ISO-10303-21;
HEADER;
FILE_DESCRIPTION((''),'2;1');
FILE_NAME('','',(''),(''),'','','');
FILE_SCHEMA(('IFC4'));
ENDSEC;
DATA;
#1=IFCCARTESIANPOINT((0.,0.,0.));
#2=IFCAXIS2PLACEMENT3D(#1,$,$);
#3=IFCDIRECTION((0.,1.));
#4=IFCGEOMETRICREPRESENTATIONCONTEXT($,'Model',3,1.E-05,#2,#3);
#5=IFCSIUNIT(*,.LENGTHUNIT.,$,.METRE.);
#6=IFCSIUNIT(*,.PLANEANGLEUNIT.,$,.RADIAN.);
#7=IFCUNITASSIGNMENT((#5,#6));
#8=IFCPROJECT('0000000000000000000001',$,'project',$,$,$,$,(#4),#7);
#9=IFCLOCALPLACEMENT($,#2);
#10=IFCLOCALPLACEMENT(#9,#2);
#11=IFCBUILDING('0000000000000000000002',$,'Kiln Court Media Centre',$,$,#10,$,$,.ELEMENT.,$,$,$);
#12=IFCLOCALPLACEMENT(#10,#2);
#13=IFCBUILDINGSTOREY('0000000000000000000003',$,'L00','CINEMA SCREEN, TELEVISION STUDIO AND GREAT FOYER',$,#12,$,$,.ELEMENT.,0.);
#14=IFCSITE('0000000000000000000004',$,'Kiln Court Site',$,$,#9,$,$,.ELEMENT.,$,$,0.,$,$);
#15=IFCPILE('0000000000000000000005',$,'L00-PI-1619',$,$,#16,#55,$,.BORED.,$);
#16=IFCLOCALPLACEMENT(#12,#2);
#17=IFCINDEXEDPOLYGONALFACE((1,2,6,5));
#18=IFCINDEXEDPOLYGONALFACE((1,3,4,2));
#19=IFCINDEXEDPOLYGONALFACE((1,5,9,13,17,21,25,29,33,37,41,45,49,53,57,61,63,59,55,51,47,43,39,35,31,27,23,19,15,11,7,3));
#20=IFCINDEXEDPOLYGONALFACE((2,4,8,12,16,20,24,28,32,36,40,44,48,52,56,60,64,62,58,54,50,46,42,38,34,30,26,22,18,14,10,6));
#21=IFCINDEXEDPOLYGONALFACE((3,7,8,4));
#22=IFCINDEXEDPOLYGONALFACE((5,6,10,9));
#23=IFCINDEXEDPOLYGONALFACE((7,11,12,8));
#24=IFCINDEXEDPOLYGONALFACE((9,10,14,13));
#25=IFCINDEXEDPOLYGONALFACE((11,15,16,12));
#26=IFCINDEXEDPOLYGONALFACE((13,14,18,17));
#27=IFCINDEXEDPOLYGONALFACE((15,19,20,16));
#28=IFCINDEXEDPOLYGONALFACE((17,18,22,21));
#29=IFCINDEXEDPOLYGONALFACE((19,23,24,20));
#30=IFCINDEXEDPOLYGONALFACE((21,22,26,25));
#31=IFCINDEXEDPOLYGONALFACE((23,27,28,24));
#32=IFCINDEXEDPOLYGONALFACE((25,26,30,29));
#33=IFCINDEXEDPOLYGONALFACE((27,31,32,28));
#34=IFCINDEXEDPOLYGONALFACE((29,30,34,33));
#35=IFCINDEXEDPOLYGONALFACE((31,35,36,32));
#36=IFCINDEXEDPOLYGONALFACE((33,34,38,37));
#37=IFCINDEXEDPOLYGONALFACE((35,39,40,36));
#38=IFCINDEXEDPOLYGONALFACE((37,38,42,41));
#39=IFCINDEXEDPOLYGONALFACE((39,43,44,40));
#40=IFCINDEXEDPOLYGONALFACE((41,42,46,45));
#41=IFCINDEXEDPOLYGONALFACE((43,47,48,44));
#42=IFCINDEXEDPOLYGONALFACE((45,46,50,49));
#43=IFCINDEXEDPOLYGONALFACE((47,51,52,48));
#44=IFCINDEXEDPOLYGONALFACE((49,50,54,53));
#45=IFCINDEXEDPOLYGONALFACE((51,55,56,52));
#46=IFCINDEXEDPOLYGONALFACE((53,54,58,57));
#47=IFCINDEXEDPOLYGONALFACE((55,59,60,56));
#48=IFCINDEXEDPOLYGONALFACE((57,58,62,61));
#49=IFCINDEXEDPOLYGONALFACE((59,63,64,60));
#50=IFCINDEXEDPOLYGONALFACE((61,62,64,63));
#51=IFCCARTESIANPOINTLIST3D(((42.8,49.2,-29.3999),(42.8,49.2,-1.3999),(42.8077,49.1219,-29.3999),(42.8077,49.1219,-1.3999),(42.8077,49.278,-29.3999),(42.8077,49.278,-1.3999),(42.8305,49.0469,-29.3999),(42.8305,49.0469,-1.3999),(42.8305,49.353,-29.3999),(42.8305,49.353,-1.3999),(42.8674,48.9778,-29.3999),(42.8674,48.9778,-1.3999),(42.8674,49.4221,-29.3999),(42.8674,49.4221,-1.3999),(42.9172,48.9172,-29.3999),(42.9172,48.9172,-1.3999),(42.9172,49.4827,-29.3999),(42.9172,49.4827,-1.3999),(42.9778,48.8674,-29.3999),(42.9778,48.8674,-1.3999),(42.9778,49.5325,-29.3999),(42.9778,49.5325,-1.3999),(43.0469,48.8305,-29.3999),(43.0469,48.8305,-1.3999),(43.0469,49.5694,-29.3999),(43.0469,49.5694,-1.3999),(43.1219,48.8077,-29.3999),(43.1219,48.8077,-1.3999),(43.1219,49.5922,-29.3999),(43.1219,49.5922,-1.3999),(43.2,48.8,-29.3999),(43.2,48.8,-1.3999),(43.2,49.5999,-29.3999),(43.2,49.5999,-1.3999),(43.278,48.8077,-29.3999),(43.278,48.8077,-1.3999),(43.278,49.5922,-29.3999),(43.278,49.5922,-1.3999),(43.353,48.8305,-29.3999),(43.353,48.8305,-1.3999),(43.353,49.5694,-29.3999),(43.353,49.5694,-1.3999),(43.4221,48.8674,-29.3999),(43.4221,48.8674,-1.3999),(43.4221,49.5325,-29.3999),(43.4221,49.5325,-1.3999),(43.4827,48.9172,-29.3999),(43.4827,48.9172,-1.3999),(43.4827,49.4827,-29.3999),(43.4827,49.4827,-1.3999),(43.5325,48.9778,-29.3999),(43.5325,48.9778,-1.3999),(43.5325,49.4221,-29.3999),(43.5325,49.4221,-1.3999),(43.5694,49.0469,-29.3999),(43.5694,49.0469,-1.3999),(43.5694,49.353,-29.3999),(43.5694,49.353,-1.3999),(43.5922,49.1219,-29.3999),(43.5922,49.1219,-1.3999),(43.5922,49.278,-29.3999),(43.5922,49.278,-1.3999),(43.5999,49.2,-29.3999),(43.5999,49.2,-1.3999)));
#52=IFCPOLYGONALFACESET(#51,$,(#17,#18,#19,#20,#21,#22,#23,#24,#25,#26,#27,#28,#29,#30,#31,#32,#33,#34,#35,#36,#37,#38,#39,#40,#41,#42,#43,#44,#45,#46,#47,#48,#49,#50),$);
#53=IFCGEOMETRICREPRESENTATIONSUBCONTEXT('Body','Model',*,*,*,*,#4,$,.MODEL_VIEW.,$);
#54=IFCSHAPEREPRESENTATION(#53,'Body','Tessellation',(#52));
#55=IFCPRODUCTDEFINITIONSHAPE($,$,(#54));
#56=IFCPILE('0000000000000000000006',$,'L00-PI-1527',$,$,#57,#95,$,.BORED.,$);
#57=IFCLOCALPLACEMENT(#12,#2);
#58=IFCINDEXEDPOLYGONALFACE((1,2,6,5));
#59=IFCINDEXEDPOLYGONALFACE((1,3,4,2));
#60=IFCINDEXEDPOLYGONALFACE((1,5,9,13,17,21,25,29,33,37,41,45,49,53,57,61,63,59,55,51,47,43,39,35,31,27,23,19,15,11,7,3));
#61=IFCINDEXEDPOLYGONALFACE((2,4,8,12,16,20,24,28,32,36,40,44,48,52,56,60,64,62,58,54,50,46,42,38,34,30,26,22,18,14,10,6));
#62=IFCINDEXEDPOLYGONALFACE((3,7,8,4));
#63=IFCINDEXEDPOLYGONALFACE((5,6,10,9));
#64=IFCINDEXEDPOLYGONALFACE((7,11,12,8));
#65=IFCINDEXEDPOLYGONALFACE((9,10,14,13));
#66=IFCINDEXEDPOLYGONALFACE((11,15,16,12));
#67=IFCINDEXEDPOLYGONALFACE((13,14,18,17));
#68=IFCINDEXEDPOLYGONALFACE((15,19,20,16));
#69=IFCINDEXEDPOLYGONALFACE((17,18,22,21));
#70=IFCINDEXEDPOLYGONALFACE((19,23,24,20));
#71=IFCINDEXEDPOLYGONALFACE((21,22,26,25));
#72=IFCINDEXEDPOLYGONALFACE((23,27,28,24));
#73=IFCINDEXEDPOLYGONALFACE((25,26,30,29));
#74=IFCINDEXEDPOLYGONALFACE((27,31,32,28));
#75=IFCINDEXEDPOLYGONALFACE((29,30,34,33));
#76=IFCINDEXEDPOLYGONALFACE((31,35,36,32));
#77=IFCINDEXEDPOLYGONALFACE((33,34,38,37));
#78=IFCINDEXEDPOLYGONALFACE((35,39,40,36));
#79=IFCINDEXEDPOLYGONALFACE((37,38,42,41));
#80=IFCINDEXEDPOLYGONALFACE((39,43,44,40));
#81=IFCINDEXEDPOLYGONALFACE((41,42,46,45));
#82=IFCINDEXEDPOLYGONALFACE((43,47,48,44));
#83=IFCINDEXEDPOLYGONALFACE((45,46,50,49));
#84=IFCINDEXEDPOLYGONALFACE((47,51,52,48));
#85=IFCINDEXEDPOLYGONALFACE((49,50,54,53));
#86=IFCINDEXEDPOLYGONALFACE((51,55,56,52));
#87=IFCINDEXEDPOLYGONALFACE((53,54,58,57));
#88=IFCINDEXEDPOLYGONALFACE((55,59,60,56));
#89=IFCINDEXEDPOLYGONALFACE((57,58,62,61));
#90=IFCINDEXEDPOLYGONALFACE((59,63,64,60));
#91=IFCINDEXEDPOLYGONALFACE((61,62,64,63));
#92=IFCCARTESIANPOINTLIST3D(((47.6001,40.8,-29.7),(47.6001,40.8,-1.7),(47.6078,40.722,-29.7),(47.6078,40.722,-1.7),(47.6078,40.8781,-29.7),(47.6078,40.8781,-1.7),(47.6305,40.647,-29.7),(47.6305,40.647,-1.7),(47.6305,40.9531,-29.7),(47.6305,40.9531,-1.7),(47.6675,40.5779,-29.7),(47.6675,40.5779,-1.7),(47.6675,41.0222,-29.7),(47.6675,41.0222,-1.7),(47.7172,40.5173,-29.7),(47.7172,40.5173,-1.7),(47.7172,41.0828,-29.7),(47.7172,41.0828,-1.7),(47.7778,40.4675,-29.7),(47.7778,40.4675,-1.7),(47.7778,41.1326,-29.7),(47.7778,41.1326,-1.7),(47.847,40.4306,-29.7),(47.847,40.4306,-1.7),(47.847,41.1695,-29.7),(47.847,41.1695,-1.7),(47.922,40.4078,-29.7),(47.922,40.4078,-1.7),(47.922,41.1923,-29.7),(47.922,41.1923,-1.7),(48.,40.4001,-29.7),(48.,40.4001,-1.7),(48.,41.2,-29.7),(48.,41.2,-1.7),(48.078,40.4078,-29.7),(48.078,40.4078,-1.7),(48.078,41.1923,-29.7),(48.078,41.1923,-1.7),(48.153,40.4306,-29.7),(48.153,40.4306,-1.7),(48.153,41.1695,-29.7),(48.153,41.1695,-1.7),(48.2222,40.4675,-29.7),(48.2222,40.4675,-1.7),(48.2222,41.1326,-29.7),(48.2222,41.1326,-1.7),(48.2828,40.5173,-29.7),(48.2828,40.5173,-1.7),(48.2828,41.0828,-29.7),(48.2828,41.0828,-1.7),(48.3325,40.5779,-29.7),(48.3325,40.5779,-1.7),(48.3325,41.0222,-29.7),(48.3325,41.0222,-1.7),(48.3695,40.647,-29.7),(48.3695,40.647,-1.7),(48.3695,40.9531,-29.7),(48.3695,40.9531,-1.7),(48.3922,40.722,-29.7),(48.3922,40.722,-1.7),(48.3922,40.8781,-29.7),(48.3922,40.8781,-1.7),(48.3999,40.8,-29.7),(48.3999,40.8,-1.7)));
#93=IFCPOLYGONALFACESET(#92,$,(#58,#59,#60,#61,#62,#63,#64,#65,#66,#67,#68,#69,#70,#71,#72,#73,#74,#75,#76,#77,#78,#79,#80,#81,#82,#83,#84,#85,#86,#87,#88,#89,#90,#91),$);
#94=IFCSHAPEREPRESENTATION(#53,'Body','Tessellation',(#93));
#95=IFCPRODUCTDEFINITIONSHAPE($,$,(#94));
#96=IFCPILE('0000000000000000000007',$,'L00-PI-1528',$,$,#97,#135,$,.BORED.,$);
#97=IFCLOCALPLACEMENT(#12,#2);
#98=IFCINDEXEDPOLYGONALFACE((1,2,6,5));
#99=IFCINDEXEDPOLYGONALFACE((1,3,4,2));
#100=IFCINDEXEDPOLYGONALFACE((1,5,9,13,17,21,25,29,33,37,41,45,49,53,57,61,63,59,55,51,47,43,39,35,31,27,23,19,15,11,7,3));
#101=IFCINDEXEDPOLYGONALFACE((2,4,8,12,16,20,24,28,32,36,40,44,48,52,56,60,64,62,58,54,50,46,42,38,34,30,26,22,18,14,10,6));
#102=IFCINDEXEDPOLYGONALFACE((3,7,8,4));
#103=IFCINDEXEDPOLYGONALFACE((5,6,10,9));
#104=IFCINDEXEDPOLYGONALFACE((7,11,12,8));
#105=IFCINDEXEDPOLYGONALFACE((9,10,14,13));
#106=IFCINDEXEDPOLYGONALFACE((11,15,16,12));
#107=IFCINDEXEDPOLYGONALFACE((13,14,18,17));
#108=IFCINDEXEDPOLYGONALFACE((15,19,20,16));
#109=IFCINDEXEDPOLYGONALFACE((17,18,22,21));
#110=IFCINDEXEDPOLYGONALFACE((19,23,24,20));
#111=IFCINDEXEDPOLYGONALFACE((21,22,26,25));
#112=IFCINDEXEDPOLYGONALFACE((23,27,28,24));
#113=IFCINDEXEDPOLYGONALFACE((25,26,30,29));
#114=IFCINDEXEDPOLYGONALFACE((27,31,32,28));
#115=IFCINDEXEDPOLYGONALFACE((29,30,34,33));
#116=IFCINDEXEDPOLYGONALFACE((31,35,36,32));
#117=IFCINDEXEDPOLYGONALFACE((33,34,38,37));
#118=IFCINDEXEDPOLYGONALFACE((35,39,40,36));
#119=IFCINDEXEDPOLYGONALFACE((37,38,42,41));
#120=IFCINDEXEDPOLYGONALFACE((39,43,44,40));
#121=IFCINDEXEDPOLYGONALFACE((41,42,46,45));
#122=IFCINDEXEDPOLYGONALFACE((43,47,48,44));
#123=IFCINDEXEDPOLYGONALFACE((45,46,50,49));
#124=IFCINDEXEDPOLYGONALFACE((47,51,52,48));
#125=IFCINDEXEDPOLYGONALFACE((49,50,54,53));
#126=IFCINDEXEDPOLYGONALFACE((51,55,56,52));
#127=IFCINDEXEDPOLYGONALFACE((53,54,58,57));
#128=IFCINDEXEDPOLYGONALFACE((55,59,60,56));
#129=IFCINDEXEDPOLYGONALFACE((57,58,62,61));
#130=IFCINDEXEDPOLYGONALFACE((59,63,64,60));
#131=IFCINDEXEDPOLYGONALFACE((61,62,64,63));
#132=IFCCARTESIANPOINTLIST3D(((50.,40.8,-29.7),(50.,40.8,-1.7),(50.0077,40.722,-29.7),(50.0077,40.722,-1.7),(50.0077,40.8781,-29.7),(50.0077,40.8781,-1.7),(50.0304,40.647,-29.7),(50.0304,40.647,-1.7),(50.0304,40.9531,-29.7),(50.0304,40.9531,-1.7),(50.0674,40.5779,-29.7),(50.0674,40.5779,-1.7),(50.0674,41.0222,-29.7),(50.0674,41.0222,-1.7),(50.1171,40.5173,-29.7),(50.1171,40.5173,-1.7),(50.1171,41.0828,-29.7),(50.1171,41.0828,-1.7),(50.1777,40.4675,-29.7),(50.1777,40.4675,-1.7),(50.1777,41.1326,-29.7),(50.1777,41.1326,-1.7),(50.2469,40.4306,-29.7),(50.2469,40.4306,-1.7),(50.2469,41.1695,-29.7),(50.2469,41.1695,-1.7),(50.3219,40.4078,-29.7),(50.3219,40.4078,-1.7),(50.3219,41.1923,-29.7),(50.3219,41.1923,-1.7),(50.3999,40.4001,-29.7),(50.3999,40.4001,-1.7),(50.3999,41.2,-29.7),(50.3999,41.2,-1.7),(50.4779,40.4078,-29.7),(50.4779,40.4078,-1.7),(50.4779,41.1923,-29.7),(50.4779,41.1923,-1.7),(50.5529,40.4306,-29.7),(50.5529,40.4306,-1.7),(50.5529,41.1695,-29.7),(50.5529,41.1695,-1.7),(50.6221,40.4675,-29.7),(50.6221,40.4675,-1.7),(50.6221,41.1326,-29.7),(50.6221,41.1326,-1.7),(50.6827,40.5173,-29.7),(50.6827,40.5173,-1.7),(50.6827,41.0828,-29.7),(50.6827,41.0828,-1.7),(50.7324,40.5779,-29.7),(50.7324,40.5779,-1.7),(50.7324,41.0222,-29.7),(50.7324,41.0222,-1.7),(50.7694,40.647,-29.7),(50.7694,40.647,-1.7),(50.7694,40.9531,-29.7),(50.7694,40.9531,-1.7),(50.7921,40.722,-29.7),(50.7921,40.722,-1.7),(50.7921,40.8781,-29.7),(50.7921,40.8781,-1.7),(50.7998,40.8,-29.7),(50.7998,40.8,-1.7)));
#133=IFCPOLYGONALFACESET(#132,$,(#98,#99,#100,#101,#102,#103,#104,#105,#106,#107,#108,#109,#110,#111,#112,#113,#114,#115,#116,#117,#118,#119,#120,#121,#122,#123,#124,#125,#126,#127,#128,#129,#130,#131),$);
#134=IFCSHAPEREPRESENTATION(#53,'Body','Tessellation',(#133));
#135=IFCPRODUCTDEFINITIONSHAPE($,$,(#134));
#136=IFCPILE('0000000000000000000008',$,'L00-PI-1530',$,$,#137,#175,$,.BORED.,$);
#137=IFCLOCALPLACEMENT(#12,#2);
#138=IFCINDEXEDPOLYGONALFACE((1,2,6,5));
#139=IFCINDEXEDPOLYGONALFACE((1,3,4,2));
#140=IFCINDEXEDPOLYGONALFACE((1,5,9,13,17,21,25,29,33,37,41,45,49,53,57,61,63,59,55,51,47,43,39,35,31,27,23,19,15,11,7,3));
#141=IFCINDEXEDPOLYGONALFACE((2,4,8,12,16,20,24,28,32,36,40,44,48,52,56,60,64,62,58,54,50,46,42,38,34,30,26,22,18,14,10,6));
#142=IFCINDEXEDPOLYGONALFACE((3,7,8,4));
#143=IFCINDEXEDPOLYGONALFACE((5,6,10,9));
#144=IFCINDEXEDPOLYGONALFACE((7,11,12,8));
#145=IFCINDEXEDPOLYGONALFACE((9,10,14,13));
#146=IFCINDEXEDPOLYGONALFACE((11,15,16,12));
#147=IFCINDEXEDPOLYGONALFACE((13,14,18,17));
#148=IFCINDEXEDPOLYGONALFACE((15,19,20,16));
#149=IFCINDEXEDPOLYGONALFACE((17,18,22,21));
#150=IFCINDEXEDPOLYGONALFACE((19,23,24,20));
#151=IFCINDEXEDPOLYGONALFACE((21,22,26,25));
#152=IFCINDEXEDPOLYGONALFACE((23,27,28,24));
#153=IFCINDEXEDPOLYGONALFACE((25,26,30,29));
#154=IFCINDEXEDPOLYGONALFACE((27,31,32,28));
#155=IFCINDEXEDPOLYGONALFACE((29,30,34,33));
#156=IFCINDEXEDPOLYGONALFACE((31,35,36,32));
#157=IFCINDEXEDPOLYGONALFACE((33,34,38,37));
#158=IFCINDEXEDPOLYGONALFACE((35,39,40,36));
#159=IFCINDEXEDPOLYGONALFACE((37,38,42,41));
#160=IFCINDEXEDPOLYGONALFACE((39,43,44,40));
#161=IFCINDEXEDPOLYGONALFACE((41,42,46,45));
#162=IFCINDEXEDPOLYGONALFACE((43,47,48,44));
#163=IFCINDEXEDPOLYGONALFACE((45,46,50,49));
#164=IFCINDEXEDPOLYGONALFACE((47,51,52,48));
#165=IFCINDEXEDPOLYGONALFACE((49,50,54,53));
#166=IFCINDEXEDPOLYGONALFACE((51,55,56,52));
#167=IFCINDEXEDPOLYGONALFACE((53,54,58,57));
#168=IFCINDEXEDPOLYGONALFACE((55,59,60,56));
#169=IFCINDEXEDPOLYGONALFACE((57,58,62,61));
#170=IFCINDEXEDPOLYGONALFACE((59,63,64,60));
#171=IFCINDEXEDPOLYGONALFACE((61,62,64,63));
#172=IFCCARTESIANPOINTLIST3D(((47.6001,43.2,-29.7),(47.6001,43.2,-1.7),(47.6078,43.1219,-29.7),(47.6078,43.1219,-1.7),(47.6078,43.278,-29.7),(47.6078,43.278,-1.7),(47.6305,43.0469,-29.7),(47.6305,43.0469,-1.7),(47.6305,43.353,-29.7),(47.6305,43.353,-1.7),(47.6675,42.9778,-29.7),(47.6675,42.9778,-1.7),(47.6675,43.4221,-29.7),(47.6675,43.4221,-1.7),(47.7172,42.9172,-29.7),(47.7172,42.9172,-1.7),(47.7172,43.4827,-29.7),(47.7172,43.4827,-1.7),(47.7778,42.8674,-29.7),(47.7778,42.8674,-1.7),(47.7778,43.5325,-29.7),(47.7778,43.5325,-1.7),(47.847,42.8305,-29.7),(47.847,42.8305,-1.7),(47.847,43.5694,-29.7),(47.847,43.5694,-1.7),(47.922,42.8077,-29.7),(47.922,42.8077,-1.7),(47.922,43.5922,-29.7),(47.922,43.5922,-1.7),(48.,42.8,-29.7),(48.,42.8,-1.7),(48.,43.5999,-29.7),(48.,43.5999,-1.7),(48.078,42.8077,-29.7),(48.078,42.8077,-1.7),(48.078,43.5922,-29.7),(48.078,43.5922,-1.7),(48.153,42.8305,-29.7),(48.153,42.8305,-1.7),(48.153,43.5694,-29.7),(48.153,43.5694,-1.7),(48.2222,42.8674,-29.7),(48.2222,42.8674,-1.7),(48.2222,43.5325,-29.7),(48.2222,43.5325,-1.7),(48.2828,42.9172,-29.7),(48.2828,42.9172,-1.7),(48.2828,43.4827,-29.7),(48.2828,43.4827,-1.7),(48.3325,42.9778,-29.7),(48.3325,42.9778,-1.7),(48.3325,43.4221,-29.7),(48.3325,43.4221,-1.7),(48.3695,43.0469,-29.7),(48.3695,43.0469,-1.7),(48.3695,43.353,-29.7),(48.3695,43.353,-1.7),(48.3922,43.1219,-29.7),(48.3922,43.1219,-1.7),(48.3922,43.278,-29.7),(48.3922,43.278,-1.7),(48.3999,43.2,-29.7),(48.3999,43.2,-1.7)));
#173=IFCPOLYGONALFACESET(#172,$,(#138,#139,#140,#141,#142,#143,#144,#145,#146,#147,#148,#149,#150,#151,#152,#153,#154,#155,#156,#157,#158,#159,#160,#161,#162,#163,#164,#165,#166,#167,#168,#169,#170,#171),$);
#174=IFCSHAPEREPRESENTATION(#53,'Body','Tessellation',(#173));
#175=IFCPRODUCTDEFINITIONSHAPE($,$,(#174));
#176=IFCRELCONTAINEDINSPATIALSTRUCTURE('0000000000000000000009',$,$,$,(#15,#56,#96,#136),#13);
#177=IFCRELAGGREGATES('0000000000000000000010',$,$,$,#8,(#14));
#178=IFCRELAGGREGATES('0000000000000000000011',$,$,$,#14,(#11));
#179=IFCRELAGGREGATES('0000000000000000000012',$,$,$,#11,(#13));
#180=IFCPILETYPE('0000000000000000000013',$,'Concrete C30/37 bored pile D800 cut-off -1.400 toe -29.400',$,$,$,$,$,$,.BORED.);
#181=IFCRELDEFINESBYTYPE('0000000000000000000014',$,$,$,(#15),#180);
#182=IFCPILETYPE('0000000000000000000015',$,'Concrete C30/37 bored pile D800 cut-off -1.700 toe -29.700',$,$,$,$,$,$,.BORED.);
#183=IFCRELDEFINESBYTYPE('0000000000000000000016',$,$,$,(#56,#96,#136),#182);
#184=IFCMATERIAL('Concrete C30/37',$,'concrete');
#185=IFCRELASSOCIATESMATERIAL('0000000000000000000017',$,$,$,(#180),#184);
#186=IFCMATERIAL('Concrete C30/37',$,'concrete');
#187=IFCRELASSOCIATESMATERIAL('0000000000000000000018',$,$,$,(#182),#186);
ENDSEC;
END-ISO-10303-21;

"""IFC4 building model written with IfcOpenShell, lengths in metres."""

from ifc_helpers import new_model, si_unit, direction, frame, origin, origin_2d, place, context, subcontext, project, spatial, circle, extrude, material, material_profile, profile_set, type_object, element, save


model = new_model("IFC4")

# Units and contexts
model_context = context("Model", 3, precision=1e-05, world=origin(), true_north=direction((0.0, 1.0)))
body_context = subcontext(model_context, "Body", "Model", "MODEL_VIEW")
ifc_project = project(units=[si_unit("LENGTHUNIT", "METRE"), si_unit("PLANEANGLEUNIT", "RADIAN")], contexts=[model_context])

# Site, building, storey
site_placement = place(None, origin())
site = spatial("IfcSite", under=ifc_project, at=site_placement, Name="Kiln Court Site", CompositionType="ELEMENT", RefElevation=0.0)
building_placement = place(site_placement, origin())
building = spatial("IfcBuilding", under=site, at=building_placement, Name="Kiln Court Media Centre", CompositionType="ELEMENT")
storey_placement = place(building_placement, origin())
storey = spatial("IfcBuildingStorey", under=building, at=storey_placement, Name="L00", Description="CINEMA SCREEN, TELEVISION STUDIO AND GREAT FOYER", CompositionType="ELEMENT", Elevation=0.0)

# Piles
ifc_material_1 = material(Name="Concrete C30/37", Category="concrete")
ifc_material_profile_1 = material_profile(ifc_material_1, circle(Radius=0.3999, at=origin_2d()), Name="PILE D800")
ifc_profile_set_1 = profile_set([ifc_material_profile_1], Name="Concrete C30/37")
pile_type_1 = type_object("IfcPileType", Name="Concrete C30/37 bored pile D800 cut-off -1.400 toe -29.400", PredefinedType="BORED", material=ifc_profile_set_1)
for number, where, z_axis, x_axis, name in (
    (1, (43.2, 49.2, -1.3999), (0.0, 0.0, -1.0), (1.0, 0.0, 0.0), "L00-PI-1619"),
):
    element("IfcPile", number, at=place(storey_placement, frame(where, z_axis=z_axis, x_axis=x_axis)), inside=storey, type_object=pile_type_1, Name=name, PredefinedType="BORED", context=body_context, shape_type="SweptSolid", body=[
        extrude(circle(Radius=0.3999, at=origin_2d()), origin(), (0.0, 0.0, 1.0), 28.0),
    ])
ifc_material_2 = material(Name="Concrete C30/37", Category="concrete")
ifc_material_profile_2 = material_profile(ifc_material_2, circle(Radius=0.3999, at=origin_2d()), Name="PILE D800")
ifc_profile_set_2 = profile_set([ifc_material_profile_2], Name="Concrete C30/37")
pile_type_2 = type_object("IfcPileType", Name="Concrete C30/37 bored pile D800 cut-off -1.700 toe -29.700", PredefinedType="BORED", material=ifc_profile_set_2)
for number, where, z_axis, x_axis, name in (
    (2, (48.0, 40.8, -1.7), (0.0, 0.0, -1.0), (1.0, 0.0, 0.0), "L00-PI-1527"),
    (3, (50.3999, 40.8, -1.7), (0.0, 0.0, -1.0), (1.0, 0.0, 0.0), "L00-PI-1528"),
    (4, (48.0, 43.2, -1.7), (0.0, 0.0, -1.0), (1.0, 0.0, 0.0), "L00-PI-1530"),
):
    element("IfcPile", number, at=place(storey_placement, frame(where, z_axis=z_axis, x_axis=x_axis)), inside=storey, type_object=pile_type_2, Name=name, PredefinedType="BORED", context=body_context, shape_type="SweptSolid", body=[
        extrude(circle(Radius=0.3999, at=origin_2d()), origin(), (0.0, 0.0, 1.0), 28.0),
    ])

save(model, "model.ifc")
